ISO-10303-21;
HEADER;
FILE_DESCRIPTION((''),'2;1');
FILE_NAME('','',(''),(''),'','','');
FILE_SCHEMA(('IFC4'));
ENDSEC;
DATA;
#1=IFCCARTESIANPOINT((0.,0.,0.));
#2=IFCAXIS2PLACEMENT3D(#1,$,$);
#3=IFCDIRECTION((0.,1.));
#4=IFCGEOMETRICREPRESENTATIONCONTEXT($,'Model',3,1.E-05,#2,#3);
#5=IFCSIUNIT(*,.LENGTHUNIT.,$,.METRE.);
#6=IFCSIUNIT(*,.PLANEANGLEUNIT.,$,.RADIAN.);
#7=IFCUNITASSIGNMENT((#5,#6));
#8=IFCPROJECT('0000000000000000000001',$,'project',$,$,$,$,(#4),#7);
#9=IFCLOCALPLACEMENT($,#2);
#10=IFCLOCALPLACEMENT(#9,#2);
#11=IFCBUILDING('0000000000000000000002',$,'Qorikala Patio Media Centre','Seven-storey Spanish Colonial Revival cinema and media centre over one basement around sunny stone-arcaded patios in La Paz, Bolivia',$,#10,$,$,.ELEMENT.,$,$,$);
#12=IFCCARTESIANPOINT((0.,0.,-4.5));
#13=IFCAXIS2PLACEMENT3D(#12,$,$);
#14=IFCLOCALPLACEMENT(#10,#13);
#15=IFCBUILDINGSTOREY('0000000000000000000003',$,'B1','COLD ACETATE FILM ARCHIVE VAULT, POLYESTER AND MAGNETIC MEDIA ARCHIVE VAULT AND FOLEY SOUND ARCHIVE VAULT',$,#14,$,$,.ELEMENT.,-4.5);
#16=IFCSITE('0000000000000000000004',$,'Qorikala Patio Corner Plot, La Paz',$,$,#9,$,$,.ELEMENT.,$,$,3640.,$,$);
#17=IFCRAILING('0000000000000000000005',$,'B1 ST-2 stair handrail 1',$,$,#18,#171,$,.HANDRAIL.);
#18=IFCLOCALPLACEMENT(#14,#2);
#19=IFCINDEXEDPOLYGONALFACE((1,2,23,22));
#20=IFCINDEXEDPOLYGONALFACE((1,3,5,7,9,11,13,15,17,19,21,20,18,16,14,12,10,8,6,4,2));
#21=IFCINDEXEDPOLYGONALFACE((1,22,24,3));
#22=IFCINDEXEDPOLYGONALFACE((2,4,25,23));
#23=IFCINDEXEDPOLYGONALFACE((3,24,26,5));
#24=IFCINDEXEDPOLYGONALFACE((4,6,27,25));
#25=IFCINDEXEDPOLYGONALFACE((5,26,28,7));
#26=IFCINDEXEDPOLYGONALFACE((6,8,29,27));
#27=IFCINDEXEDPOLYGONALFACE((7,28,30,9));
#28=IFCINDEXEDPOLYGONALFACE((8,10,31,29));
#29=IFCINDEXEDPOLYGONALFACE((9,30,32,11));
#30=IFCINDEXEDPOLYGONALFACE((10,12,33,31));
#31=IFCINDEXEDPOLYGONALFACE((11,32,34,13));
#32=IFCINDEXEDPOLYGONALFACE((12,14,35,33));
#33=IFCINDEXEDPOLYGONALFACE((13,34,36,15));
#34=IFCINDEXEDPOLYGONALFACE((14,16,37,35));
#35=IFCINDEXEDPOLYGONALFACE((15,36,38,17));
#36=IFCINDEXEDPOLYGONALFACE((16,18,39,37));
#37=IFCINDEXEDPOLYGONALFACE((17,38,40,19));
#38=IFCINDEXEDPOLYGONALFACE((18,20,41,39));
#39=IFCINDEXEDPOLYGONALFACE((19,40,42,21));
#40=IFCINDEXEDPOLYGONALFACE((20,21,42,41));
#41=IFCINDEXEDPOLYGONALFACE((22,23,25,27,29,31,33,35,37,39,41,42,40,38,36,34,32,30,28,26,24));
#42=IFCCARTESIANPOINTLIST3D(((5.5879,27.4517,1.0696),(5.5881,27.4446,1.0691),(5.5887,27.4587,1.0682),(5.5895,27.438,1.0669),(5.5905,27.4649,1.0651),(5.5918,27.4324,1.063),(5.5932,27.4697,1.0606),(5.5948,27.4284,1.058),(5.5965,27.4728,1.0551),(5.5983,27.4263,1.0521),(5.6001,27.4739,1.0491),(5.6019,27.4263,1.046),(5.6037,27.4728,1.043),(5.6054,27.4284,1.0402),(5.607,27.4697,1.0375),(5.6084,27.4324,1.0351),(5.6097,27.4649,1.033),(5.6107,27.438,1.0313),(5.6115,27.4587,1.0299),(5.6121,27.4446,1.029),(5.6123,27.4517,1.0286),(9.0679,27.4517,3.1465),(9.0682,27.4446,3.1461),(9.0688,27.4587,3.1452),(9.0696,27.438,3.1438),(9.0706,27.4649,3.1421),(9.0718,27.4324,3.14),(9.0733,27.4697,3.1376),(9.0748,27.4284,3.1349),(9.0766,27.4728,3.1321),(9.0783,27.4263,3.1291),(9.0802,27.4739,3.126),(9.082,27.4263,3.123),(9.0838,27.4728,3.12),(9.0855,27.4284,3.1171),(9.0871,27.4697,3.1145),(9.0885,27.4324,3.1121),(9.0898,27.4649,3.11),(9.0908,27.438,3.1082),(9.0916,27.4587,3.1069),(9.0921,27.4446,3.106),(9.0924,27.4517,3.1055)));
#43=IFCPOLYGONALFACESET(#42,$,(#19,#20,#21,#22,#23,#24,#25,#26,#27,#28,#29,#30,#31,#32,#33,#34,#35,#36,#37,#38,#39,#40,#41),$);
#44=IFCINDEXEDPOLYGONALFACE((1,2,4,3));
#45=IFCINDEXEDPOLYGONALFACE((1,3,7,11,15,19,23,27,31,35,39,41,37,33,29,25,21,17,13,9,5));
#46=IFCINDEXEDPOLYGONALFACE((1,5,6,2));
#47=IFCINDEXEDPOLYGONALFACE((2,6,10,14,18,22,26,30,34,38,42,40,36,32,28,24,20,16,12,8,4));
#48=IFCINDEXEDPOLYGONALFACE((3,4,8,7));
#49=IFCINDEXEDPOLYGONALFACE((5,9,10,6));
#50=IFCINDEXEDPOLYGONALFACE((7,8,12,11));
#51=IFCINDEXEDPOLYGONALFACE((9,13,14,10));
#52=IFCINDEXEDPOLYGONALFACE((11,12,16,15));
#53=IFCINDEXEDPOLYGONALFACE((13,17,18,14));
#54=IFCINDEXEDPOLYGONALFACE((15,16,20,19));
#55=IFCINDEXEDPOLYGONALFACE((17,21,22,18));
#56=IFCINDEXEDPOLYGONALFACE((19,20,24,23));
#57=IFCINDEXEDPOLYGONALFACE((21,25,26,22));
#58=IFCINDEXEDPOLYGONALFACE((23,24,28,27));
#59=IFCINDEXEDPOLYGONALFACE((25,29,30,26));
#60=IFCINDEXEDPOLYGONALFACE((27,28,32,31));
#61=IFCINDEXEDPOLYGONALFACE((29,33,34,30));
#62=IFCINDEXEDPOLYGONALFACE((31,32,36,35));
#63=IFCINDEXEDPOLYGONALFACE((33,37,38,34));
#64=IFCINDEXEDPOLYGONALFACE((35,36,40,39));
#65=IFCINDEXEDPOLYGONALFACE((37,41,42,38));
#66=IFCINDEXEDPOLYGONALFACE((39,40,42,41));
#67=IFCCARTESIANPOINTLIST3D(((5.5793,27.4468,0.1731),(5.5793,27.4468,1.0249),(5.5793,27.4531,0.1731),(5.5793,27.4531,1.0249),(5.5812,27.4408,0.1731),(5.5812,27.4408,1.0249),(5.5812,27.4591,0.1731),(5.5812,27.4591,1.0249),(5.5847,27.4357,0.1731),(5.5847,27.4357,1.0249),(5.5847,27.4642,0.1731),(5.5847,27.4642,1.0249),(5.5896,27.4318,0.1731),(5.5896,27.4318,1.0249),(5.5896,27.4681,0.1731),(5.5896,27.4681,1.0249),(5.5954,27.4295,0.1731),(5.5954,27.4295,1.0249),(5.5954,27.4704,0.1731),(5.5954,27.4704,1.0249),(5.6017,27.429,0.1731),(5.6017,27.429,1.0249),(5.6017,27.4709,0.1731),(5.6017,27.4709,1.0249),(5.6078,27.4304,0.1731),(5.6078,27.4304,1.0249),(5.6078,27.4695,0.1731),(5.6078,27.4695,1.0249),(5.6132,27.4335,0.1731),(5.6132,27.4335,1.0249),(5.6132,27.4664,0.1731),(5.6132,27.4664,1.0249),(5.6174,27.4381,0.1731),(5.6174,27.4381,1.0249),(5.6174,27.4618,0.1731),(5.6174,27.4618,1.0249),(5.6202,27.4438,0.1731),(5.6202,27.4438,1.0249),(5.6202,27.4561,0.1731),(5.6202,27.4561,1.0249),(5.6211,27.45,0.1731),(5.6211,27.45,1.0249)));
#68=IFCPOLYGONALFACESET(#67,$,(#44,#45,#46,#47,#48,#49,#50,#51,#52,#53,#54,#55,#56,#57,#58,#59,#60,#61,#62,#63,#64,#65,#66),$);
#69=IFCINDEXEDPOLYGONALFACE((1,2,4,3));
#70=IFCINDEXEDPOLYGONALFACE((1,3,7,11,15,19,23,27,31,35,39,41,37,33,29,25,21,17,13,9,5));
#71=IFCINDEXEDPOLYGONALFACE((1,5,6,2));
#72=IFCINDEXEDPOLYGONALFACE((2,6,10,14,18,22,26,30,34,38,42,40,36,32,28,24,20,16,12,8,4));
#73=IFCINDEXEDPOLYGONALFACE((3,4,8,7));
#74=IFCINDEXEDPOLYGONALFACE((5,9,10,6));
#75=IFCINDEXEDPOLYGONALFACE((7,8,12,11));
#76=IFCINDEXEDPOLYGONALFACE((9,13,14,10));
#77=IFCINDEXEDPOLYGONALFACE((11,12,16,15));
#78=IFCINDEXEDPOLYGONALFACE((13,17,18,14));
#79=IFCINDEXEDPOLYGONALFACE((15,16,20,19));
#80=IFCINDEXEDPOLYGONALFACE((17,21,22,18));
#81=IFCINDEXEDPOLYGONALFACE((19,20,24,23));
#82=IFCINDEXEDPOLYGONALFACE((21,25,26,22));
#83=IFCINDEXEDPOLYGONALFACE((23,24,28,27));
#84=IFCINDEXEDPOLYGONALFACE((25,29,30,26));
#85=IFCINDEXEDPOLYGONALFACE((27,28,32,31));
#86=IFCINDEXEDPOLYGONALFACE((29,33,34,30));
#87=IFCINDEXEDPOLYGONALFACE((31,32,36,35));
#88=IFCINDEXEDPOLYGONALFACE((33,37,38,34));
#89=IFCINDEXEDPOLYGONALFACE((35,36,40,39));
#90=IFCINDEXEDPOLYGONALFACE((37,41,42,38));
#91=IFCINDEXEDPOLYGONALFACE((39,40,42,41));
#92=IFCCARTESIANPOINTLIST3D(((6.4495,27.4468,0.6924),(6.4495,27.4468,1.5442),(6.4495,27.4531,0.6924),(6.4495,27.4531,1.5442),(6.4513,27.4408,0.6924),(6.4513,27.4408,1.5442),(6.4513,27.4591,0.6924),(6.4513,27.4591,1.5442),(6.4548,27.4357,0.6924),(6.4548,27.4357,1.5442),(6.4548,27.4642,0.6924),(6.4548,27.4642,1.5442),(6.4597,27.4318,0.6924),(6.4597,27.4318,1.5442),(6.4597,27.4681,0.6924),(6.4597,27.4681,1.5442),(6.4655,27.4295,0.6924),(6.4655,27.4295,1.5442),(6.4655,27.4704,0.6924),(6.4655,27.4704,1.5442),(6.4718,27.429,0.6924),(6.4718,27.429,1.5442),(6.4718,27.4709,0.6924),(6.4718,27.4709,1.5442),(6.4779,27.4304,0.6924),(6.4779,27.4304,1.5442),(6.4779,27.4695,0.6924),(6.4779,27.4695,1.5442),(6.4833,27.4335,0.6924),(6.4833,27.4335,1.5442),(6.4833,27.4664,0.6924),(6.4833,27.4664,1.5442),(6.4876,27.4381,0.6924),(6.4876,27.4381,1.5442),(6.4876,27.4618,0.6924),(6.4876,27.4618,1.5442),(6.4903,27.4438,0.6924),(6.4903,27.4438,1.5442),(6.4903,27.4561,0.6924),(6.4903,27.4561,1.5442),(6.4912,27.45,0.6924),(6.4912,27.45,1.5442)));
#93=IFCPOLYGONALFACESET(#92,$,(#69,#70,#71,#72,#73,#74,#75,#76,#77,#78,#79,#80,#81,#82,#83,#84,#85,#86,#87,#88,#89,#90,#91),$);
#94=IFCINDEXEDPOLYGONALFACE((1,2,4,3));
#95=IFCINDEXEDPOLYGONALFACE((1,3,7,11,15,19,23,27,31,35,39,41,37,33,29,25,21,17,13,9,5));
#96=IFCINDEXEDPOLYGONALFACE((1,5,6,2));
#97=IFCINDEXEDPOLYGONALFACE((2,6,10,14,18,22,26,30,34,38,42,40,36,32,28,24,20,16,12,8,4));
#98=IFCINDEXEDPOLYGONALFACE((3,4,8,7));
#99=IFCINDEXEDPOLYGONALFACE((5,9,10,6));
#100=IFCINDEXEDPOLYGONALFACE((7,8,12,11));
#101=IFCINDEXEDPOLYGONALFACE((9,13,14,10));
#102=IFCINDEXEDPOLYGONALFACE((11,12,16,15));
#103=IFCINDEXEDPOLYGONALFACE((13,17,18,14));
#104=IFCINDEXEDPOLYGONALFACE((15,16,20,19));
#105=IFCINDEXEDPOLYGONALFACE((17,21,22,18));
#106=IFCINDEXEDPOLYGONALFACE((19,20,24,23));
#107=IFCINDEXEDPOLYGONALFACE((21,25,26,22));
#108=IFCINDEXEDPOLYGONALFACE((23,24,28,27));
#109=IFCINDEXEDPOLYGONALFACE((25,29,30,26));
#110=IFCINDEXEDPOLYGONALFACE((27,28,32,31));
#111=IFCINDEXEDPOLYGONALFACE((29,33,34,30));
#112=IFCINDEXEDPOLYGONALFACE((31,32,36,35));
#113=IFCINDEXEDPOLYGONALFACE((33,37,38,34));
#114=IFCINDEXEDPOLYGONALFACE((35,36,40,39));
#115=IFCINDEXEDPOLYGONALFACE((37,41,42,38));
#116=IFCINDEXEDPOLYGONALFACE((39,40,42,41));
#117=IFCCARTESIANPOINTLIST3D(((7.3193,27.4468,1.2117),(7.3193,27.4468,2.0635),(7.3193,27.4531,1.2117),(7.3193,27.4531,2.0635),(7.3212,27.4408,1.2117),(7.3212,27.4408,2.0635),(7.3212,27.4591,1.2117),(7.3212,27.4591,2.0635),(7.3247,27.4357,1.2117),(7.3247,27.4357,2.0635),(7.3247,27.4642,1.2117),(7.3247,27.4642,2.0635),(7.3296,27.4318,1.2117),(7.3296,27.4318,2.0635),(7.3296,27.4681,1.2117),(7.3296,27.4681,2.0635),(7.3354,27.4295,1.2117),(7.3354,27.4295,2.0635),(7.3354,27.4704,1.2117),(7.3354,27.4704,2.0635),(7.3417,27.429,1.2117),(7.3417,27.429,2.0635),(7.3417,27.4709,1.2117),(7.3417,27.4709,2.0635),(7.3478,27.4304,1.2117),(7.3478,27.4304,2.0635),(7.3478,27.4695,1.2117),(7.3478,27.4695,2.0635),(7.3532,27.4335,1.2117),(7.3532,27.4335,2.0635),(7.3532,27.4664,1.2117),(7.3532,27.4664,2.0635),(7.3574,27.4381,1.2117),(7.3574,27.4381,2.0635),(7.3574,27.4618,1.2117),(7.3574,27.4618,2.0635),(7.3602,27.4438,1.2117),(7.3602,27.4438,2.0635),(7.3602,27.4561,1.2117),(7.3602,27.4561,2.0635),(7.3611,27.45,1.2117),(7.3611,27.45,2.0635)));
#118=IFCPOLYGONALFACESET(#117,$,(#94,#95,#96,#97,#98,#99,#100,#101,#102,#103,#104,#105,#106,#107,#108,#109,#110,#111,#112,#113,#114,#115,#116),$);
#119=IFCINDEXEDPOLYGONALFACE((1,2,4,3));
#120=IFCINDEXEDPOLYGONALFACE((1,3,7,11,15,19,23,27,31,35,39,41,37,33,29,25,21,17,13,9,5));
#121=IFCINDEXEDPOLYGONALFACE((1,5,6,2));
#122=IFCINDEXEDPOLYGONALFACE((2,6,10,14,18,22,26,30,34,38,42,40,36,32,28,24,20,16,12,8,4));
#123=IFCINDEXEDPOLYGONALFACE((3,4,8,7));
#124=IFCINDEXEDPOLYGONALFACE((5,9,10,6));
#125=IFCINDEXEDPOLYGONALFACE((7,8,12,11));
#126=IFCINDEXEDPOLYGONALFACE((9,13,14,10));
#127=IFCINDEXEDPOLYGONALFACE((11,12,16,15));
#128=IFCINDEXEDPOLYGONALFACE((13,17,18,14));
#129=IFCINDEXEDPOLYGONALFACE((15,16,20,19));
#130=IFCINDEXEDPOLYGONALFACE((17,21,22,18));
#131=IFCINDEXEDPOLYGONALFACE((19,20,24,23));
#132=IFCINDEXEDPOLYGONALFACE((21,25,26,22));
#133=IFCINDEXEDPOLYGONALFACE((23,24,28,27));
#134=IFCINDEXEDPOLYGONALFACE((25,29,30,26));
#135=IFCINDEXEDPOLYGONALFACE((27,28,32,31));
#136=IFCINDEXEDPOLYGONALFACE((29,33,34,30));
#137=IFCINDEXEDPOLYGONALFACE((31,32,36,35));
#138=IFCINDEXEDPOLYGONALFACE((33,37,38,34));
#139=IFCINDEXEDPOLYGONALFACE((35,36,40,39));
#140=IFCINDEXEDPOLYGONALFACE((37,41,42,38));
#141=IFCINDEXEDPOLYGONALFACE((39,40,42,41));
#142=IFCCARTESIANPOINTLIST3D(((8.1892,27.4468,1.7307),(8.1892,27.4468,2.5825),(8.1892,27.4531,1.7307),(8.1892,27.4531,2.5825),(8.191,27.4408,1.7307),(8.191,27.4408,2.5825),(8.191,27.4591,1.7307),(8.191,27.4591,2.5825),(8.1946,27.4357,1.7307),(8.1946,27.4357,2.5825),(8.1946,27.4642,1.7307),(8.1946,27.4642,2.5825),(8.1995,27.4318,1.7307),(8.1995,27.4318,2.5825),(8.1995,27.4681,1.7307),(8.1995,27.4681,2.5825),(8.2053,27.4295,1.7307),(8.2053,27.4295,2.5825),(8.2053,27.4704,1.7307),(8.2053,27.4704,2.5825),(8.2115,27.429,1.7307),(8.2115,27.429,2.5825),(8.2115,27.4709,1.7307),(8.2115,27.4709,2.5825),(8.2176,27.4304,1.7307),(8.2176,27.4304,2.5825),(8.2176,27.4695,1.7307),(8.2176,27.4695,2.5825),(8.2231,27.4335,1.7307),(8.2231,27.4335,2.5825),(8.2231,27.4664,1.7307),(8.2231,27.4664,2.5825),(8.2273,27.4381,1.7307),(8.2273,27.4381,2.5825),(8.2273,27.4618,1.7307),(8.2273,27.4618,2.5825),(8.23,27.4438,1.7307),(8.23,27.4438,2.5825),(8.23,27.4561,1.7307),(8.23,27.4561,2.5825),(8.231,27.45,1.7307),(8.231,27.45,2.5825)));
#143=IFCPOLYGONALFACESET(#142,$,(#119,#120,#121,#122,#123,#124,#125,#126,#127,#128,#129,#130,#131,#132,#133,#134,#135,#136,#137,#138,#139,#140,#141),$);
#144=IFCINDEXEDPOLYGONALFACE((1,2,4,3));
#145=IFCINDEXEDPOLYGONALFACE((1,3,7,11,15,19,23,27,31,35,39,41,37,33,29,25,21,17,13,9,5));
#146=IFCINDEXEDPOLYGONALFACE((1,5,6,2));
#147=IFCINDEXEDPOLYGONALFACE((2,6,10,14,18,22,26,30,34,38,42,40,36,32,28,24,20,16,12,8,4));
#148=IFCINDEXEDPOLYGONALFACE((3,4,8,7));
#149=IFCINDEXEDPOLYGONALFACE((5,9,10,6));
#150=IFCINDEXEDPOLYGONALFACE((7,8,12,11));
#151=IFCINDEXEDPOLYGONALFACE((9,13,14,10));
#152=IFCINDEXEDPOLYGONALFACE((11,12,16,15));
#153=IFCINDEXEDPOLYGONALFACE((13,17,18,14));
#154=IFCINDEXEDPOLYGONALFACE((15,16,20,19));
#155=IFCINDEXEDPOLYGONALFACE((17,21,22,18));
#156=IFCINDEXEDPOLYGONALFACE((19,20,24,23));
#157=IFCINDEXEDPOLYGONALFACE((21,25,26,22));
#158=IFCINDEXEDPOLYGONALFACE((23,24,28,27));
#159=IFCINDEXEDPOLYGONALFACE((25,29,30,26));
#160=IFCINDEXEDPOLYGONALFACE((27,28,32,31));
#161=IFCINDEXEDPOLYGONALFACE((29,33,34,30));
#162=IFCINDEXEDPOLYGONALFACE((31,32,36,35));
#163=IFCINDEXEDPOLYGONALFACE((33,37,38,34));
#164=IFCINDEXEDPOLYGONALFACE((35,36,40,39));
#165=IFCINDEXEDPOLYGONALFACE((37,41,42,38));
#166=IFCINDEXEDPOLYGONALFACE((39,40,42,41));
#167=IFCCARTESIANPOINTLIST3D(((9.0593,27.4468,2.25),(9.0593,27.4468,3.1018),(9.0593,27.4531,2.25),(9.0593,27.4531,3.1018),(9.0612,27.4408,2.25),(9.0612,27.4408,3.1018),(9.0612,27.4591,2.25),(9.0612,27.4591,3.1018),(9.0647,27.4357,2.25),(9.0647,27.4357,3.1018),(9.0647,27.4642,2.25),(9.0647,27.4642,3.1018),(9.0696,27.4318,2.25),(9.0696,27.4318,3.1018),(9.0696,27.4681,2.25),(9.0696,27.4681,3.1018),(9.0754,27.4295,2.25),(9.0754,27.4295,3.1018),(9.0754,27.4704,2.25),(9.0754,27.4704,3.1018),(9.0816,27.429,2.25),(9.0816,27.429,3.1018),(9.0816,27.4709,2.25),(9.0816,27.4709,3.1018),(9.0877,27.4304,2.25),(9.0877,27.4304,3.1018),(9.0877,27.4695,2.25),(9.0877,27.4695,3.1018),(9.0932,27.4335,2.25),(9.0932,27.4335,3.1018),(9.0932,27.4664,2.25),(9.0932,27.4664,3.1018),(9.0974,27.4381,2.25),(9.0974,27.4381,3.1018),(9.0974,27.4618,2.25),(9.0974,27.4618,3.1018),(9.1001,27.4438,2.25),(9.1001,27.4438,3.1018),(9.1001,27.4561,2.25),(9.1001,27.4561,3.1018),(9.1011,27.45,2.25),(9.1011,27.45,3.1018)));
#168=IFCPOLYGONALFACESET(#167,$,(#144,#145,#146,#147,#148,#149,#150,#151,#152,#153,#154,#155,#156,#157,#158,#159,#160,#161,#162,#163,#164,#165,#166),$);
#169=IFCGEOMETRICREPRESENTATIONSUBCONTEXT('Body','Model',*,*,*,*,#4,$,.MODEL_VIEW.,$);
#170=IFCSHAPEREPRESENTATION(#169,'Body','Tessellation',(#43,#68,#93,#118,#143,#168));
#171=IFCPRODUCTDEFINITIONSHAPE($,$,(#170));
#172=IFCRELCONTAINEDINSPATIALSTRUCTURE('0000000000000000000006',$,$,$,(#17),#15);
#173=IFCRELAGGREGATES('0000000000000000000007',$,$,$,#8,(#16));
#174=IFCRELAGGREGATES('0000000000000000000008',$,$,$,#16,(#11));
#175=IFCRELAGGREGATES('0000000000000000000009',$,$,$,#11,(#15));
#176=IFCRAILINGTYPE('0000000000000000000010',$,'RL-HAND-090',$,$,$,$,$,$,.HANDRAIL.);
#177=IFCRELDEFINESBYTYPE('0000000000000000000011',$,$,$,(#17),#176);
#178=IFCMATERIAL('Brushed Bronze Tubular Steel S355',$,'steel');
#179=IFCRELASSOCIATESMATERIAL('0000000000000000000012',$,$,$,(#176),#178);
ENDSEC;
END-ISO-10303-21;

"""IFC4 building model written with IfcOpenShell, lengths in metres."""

from ifc_helpers import new_model, si_unit, direction, frame, origin, origin_2d, place, context, subcontext, project, spatial, circle, extrude, material, type_object, element, save


model = new_model("IFC4")

# Units and contexts
model_context = context("Model", 3, precision=1e-05, world=origin(), true_north=direction((0.0, 1.0)))
body_context = subcontext(model_context, "Body", "Model", "MODEL_VIEW")
ifc_project = project(units=[si_unit("LENGTHUNIT", "METRE"), si_unit("PLANEANGLEUNIT", "RADIAN")], contexts=[model_context])

# Site, building, storey
site_placement = place(None, origin())
site = spatial("IfcSite", under=ifc_project, at=site_placement, Name="Qorikala Patio Corner Plot, La Paz", CompositionType="ELEMENT", RefElevation=3640.0)
building_placement = place(site_placement, origin())
building = spatial("IfcBuilding", under=site, at=building_placement, Name="Qorikala Patio Media Centre", Description="Seven-storey Spanish Colonial Revival cinema and media centre over one basement around sunny stone-arcaded patios in La Paz, Bolivia", CompositionType="ELEMENT")
storey_placement = place(building_placement, frame((0.0, 0.0, -4.5)))
storey = spatial("IfcBuildingStorey", under=building, at=storey_placement, Name="B1", Description="COLD ACETATE FILM ARCHIVE VAULT, POLYESTER AND MAGNETIC MEDIA ARCHIVE VAULT AND FOLEY SOUND ARCHIVE VAULT", CompositionType="ELEMENT", Elevation=-4.5)

# Railing
ifc_material_1 = material(Name="Brushed Bronze Tubular Steel S355", Category="steel")
railing_type_1 = type_object("IfcRailingType", Name="RL-HAND-090", PredefinedType="HANDRAIL", material=ifc_material_1)
railing_1_placement = place(storey_placement, frame((5.6001, 27.45, 0.1731)))
element("IfcRailing", 1, at=railing_1_placement, inside=storey, type_object=railing_type_1, Name="B1 ST-2 stair handrail 1", PredefinedType="HANDRAIL", context=body_context, shape_type="SweptSolid", body=[
    extrude(circle(Radius=0.0239, at=origin_2d()), frame((0.0, 0.0, 0.876), z_axis=(0.858697, 0.0, 0.512483), x_axis=(0.0, 1.0, 0.0)), (0.0, 0.0, 1.0), 4.0527),
    extrude(circle(Radius=0.021, at=origin_2d()), origin(), (0.0, 0.0, 1.0), 0.8518),
    extrude(circle(Radius=0.021, at=origin_2d()), frame((0.8701, 0.0, 0.5193)), (0.0, 0.0, 1.0), 0.8518),
    extrude(circle(Radius=0.021, at=origin_2d()), frame((1.74, 0.0, 1.0386)), (0.0, 0.0, 1.0), 0.8518),
    extrude(circle(Radius=0.021, at=origin_2d()), frame((2.6099, 0.0, 1.5576)), (0.0, 0.0, 1.0), 0.8518),
    extrude(circle(Radius=0.021, at=origin_2d()), frame((3.48, 0.0, 2.0769)), (0.0, 0.0, 1.0), 0.8518),
])

save(model, "model.ifc")
